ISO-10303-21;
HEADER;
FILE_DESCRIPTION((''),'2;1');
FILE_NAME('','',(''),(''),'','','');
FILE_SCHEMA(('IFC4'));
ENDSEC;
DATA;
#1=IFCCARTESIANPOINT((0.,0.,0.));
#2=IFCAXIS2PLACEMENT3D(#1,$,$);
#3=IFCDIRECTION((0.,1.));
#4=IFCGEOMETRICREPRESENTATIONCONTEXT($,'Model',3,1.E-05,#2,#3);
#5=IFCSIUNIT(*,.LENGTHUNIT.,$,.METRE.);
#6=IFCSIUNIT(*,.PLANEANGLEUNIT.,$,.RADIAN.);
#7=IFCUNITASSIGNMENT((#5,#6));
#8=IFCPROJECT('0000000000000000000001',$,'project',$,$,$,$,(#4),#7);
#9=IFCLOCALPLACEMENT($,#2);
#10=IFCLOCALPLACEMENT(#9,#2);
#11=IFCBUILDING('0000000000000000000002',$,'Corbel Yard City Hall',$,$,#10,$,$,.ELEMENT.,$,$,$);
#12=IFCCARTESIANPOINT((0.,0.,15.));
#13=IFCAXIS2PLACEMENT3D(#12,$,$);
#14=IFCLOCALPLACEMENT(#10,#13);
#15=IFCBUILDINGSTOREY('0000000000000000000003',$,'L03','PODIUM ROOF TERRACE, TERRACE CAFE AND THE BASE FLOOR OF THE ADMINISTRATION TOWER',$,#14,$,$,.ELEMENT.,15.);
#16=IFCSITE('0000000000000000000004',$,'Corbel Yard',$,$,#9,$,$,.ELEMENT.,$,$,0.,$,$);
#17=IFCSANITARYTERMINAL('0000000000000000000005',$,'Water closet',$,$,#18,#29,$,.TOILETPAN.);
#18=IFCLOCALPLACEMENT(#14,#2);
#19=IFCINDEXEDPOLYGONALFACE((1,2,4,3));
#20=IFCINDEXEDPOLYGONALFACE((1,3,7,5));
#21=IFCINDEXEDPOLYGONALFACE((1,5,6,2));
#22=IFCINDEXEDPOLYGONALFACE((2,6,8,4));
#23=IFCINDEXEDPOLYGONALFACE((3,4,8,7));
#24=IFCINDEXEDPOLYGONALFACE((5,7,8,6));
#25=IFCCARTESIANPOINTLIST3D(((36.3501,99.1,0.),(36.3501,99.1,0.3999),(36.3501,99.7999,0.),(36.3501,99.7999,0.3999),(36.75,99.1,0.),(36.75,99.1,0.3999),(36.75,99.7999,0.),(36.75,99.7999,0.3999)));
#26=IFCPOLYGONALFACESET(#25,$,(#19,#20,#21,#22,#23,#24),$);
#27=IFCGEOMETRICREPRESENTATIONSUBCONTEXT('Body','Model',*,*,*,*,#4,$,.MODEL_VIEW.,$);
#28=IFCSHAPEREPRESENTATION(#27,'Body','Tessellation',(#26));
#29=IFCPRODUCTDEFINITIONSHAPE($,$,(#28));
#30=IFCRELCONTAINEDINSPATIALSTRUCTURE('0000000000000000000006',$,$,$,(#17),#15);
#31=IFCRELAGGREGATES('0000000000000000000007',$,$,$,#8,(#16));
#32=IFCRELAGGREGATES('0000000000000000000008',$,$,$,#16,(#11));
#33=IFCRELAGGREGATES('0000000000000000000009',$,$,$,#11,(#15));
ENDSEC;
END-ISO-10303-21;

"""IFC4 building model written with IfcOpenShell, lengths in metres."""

from ifc_helpers import new_model, si_unit, direction, frame, origin, origin_2d, place, context, subcontext, project, spatial, rectangle, extrude, element, save


model = new_model("IFC4")

# Units and contexts
model_context = context("Model", 3, precision=1e-05, world=origin(), true_north=direction((0.0, 1.0)))
body_context = subcontext(model_context, "Body", "Model", "MODEL_VIEW")
ifc_project = project(units=[si_unit("LENGTHUNIT", "METRE"), si_unit("PLANEANGLEUNIT", "RADIAN")], contexts=[model_context])

# Site, building, storey
site_placement = place(None, origin())
site = spatial("IfcSite", under=ifc_project, at=site_placement, Name="Corbel Yard", CompositionType="ELEMENT", RefElevation=0.0)
building_placement = place(site_placement, origin())
building = spatial("IfcBuilding", under=site, at=building_placement, Name="Corbel Yard City Hall", CompositionType="ELEMENT")
storey_placement = place(building_placement, frame((0.0, 0.0, 15.0)))
storey = spatial("IfcBuildingStorey", under=building, at=storey_placement, Name="L03", Description="PODIUM ROOF TERRACE, TERRACE CAFE AND THE BASE FLOOR OF THE ADMINISTRATION TOWER", CompositionType="ELEMENT", Elevation=15.0)

# Sanitary terminal
sanitary_terminal_placement = place(storey_placement, frame((36.55, 99.45, 0.0), z_axis=(0.0, 0.0, 1.0), x_axis=(1.0, 0.0, 0.0)))
element("IfcSanitaryTerminal", 1, at=sanitary_terminal_placement, inside=storey, Name="Water closet", PredefinedType="TOILETPAN", context=body_context, shape_type="SweptSolid", body=[
    extrude(rectangle(XDim=0.3999, YDim=0.7, at=origin_2d()), origin(), (0.0, 0.0, 1.0), 0.3999),
])

save(model, "model.ifc")
